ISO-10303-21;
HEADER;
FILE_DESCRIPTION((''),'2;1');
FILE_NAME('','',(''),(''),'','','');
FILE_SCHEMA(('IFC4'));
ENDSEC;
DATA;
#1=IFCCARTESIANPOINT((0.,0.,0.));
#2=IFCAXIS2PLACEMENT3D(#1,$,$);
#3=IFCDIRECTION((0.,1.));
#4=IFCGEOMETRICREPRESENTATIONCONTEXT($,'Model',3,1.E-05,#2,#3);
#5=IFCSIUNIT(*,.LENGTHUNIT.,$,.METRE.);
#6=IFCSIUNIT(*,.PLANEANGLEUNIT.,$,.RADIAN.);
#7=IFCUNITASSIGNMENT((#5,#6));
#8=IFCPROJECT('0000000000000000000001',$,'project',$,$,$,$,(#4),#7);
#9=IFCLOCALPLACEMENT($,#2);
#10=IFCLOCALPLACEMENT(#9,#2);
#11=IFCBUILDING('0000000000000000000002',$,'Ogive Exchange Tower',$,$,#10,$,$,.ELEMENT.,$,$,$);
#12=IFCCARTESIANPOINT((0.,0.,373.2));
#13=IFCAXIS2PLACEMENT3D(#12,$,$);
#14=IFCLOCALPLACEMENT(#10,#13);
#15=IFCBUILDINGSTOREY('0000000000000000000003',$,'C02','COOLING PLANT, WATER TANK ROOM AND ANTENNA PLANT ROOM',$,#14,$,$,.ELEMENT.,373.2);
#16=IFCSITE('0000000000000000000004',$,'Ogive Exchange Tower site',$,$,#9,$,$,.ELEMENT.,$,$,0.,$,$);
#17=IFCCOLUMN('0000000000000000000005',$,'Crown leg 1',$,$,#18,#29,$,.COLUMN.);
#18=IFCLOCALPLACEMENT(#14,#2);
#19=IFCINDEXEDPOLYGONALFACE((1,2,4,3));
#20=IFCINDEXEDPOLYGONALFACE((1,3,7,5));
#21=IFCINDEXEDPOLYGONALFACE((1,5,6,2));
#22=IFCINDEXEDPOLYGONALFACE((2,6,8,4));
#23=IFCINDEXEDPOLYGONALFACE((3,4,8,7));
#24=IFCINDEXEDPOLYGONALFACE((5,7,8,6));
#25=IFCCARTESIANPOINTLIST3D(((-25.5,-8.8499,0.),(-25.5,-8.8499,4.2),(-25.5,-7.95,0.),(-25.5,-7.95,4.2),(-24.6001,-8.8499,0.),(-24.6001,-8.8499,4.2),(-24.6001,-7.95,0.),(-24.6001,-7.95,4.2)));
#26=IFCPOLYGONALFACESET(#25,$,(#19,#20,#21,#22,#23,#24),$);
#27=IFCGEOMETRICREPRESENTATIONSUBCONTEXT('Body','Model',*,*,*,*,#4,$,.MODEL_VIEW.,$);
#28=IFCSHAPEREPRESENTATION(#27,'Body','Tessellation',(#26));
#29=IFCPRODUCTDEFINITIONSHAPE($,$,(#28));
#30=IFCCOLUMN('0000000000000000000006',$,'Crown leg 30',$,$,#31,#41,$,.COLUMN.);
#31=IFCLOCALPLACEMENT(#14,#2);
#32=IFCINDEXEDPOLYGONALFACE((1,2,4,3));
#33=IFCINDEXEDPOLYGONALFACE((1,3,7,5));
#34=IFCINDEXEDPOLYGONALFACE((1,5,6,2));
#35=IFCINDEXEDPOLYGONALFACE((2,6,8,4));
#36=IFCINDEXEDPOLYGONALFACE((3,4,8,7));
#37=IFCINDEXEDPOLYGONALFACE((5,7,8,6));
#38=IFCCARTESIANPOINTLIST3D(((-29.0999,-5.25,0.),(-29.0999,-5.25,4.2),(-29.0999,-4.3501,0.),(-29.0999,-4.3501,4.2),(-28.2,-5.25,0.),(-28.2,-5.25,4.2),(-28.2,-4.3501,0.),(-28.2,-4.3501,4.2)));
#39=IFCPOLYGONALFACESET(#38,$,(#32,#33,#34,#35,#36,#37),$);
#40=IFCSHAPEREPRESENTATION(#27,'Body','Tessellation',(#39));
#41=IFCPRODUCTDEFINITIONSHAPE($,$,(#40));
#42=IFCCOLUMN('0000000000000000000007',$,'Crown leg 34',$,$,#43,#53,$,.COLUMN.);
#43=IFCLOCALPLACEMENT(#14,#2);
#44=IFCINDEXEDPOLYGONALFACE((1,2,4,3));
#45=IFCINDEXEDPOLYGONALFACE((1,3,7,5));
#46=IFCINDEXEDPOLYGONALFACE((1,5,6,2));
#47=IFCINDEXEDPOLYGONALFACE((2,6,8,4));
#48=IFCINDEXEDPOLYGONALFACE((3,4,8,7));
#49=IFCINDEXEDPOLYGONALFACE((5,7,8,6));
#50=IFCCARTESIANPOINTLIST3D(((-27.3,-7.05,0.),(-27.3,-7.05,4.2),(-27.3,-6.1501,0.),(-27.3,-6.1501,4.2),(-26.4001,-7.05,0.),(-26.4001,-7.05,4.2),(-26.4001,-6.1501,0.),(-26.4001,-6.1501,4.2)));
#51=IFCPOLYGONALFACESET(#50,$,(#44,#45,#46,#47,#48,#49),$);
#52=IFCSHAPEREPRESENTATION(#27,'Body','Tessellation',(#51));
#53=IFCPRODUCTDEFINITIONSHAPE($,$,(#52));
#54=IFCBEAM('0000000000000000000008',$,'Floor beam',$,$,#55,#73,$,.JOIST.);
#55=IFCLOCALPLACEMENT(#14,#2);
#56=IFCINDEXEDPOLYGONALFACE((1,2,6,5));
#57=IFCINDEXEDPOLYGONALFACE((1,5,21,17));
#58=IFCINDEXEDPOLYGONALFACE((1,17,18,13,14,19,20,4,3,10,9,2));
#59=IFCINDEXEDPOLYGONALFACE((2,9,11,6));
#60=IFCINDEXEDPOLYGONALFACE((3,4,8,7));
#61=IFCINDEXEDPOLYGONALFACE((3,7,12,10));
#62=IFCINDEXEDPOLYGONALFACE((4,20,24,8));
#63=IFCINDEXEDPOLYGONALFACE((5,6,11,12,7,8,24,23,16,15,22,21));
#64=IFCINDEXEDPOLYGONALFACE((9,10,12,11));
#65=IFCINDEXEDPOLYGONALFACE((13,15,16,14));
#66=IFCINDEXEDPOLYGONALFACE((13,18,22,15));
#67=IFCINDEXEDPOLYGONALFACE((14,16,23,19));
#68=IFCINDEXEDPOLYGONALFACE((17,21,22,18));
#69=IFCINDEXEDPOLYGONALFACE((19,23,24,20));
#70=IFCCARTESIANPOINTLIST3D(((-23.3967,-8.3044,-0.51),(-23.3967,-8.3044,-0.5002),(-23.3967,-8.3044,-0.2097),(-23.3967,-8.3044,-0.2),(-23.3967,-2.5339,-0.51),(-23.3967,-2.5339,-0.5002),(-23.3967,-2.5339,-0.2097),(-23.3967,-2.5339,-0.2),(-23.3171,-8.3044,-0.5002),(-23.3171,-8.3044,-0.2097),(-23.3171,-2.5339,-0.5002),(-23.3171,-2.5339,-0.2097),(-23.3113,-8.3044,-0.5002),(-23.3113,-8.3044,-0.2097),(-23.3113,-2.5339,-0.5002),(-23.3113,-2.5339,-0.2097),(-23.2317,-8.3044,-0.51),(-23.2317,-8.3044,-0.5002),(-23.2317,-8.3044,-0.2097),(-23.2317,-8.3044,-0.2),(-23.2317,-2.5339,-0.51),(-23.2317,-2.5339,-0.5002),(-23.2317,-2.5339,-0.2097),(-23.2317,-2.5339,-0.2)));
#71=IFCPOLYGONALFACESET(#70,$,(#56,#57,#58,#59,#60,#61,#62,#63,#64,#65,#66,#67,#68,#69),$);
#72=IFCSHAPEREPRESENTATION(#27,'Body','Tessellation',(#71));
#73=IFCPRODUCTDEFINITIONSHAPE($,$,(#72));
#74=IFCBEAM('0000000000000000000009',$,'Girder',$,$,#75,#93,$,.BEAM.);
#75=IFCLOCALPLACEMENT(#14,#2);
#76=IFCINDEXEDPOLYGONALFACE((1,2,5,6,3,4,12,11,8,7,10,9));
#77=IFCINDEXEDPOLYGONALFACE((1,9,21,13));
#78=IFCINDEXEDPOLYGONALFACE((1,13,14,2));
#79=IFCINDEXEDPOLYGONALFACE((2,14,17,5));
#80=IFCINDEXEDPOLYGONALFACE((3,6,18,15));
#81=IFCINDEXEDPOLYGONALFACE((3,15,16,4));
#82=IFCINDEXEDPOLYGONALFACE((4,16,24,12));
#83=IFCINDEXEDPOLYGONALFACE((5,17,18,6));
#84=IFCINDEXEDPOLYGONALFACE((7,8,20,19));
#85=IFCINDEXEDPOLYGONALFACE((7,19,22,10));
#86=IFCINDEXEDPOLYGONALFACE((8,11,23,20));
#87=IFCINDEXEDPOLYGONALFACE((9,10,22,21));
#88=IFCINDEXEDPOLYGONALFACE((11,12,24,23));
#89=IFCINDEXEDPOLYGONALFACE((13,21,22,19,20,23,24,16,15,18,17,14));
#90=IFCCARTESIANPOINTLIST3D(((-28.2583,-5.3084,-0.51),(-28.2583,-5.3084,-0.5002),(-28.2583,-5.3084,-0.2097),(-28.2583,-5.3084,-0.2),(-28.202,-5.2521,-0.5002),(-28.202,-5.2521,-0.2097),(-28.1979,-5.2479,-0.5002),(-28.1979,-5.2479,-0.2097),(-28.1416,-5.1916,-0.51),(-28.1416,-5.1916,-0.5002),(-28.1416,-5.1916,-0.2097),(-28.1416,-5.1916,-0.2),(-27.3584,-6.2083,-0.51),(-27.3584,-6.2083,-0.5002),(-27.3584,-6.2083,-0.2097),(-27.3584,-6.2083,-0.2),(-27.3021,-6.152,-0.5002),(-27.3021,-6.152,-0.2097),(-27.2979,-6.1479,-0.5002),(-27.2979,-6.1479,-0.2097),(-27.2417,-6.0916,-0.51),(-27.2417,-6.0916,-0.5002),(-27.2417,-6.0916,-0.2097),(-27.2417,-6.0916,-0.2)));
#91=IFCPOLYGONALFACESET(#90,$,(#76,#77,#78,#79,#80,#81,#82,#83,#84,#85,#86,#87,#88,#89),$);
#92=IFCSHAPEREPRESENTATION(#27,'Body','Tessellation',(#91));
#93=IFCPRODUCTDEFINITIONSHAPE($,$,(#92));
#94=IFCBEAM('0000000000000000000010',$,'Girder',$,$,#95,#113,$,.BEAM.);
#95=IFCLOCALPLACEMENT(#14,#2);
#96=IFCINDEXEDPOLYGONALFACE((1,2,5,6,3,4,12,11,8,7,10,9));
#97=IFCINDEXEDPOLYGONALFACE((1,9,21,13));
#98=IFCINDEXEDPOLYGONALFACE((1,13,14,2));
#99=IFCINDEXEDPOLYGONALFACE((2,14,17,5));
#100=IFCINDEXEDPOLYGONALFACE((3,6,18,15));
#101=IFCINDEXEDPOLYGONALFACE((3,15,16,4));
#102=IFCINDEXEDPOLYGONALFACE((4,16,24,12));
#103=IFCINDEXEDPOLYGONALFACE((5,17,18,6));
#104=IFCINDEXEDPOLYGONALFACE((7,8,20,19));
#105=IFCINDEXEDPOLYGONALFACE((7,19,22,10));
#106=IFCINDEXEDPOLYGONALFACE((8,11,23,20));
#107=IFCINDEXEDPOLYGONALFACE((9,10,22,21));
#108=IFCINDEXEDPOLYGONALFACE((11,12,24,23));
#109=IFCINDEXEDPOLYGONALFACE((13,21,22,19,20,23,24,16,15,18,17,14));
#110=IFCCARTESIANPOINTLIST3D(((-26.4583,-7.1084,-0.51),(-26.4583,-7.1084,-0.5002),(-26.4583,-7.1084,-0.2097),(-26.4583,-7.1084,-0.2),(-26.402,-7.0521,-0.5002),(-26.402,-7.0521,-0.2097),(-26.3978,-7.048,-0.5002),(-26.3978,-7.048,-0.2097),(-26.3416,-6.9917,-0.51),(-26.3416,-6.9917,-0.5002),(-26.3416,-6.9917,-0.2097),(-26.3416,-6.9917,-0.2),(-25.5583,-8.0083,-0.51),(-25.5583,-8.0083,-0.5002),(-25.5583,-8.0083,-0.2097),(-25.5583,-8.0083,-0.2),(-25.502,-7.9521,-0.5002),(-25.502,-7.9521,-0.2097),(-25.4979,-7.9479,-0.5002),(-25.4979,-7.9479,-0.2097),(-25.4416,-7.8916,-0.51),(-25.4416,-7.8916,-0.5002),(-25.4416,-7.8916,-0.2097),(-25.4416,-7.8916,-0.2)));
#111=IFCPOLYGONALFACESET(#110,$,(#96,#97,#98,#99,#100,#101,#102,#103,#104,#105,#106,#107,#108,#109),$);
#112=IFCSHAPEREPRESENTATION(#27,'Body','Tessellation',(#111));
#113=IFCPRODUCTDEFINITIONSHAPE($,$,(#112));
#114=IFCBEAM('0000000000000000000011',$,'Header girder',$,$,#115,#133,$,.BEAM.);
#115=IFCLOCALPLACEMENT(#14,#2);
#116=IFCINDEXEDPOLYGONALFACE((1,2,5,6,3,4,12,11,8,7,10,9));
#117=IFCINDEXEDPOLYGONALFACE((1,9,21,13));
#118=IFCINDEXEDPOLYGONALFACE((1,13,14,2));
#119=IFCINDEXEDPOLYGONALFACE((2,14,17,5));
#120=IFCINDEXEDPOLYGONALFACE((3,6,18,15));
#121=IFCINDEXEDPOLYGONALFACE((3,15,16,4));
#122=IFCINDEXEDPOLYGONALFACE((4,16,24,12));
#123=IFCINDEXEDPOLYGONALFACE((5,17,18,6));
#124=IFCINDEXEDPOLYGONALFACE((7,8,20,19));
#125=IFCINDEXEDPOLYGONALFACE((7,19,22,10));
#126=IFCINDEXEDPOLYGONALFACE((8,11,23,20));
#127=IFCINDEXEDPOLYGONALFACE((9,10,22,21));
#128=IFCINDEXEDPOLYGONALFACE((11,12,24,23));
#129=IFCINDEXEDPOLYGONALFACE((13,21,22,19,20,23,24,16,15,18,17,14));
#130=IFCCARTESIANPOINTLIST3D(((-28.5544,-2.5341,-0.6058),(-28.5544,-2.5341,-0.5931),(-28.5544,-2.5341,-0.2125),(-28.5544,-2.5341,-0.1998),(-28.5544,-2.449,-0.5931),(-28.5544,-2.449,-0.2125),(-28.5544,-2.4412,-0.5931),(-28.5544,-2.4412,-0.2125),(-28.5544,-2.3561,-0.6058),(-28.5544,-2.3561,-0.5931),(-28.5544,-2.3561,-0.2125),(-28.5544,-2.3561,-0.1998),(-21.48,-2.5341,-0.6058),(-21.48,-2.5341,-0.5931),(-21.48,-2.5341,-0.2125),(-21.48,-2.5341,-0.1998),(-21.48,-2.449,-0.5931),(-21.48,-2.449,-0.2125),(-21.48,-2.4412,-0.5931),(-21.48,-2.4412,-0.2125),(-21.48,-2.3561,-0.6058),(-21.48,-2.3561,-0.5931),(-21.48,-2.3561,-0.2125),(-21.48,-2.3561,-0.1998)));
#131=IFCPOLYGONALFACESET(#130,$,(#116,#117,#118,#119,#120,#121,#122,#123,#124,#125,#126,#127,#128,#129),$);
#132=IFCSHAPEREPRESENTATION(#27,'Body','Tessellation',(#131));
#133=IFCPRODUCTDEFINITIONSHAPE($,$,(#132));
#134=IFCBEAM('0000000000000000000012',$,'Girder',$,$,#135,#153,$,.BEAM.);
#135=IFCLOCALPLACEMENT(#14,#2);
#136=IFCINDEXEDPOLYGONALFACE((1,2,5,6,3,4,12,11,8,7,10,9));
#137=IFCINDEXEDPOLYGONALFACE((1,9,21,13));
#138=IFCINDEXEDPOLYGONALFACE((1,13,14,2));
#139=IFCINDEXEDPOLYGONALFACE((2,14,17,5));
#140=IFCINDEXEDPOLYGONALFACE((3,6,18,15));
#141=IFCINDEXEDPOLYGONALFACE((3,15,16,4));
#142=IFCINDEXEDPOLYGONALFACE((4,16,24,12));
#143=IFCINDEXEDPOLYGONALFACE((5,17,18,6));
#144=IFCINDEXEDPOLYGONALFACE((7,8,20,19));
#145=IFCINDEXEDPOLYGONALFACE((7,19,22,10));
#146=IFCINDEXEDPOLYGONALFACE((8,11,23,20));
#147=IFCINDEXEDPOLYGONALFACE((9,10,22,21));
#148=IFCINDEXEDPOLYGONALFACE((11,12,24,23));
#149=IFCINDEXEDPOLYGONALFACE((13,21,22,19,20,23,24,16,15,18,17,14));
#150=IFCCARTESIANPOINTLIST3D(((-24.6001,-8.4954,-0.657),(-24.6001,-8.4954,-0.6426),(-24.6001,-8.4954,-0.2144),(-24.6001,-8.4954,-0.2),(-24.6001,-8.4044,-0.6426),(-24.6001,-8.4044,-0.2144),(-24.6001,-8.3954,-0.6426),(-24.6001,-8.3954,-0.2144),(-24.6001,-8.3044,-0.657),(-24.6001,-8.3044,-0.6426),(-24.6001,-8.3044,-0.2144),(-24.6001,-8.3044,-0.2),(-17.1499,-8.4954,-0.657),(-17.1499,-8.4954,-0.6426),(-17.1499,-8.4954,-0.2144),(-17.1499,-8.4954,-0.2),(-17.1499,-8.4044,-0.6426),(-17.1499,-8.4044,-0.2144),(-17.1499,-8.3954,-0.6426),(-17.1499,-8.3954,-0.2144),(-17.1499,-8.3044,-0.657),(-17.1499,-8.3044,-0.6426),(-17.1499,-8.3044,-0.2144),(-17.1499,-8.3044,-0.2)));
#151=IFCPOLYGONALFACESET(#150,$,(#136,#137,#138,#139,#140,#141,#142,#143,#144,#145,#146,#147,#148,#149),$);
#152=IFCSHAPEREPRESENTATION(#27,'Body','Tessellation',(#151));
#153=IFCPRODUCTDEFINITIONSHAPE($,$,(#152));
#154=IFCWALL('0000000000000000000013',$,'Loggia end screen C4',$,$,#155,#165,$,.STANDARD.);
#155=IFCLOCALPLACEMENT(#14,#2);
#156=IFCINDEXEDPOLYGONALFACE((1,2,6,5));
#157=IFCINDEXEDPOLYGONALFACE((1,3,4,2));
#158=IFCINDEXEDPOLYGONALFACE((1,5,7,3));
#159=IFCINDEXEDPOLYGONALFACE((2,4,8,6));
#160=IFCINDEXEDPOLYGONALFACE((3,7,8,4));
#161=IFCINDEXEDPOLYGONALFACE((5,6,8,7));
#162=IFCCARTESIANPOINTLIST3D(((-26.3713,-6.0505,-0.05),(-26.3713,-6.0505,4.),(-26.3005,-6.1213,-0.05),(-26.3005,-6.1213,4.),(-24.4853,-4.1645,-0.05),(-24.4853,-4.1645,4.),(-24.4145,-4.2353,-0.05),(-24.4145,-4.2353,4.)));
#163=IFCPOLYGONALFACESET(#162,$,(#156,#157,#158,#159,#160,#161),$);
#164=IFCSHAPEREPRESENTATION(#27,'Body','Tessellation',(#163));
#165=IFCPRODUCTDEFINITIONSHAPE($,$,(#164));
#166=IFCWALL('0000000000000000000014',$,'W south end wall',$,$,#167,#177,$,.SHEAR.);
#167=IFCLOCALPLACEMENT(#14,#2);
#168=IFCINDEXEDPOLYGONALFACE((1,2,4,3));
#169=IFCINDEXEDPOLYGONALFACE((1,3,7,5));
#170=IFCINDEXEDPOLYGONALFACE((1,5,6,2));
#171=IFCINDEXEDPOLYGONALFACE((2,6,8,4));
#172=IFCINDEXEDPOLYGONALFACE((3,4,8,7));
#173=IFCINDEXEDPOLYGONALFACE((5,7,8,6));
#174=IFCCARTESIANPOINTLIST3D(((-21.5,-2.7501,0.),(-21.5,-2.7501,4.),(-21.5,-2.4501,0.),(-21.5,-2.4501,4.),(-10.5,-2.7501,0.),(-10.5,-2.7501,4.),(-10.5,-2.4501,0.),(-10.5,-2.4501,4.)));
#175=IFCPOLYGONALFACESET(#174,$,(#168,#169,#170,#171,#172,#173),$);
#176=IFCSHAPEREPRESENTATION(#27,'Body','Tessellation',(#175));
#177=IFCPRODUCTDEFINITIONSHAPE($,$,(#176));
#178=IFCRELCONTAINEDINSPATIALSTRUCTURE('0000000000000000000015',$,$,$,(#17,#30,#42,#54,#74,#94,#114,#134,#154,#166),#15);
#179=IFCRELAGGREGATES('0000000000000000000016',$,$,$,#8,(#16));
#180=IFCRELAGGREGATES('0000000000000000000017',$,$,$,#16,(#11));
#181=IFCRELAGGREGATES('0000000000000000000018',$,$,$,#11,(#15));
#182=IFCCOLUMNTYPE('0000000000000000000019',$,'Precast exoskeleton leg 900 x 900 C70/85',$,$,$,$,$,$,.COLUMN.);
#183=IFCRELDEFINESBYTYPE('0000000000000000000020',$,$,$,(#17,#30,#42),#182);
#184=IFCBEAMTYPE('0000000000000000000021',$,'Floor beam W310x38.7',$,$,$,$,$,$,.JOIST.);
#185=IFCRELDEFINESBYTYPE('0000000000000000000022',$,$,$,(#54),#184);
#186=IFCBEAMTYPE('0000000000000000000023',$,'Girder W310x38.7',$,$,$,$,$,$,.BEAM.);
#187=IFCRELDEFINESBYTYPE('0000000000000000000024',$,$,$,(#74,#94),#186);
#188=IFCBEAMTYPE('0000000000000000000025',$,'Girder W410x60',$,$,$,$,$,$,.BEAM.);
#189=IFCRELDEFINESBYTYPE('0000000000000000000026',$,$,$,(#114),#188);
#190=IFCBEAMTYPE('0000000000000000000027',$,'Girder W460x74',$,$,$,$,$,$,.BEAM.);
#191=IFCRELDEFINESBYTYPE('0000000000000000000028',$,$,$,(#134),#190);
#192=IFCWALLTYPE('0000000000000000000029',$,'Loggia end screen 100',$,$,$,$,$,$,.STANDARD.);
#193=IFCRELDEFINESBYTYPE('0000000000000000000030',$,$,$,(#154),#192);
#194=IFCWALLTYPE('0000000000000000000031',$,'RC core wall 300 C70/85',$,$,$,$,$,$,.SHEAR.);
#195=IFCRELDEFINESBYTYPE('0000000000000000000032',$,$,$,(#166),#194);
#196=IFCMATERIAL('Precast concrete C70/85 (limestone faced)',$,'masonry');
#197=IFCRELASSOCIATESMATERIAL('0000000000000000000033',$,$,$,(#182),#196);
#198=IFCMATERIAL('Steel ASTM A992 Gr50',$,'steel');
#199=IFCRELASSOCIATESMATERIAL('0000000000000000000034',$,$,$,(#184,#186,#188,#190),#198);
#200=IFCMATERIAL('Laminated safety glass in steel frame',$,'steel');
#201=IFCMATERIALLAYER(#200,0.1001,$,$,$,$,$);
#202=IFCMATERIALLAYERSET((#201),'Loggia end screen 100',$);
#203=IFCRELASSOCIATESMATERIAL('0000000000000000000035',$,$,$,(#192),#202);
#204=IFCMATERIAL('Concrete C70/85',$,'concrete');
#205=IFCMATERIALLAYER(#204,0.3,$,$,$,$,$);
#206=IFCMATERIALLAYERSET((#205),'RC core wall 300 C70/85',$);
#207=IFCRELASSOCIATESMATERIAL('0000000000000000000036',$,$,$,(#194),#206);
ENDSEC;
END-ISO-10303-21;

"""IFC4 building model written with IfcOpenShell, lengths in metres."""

from ifc_helpers import new_model, si_unit, direction, frame, frame_2d, origin, origin_2d, place, context, subcontext, project, spatial, rectangle, i_section, extrude, material, layer, layer_set, material_profile, profile_set, type_object, element, save


model = new_model("IFC4")

# Units and contexts
model_context = context("Model", 3, precision=1e-05, world=origin(), true_north=direction((0.0, 1.0)))
body_context = subcontext(model_context, "Body", "Model", "MODEL_VIEW")
ifc_project = project(units=[si_unit("LENGTHUNIT", "METRE"), si_unit("PLANEANGLEUNIT", "RADIAN")], contexts=[model_context])

# Site, building, storey
site_placement = place(None, origin())
site = spatial("IfcSite", under=ifc_project, at=site_placement, Name="Ogive Exchange Tower site", CompositionType="ELEMENT", RefElevation=0.0)
building_placement = place(site_placement, origin())
building = spatial("IfcBuilding", under=site, at=building_placement, Name="Ogive Exchange Tower", CompositionType="ELEMENT")
storey_placement = place(building_placement, frame((0.0, 0.0, 373.2)))
storey = spatial("IfcBuildingStorey", under=building, at=storey_placement, Name="C02", Description="COOLING PLANT, WATER TANK ROOM AND ANTENNA PLANT ROOM", CompositionType="ELEMENT", Elevation=373.2)

# Columns
ifc_material_1 = material(Name="Precast concrete C70/85 (limestone faced)", Category="masonry")
ifc_material_profile_1 = material_profile(ifc_material_1, rectangle(XDim=0.8999, YDim=0.8999, at=origin_2d()), Name="900 x 900")
ifc_profile_set_1 = profile_set([ifc_material_profile_1], Name="Precast concrete C70/85 (limestone faced)")
column_type = type_object("IfcColumnType", Name="Precast exoskeleton leg 900 x 900 C70/85", PredefinedType="COLUMN", material=ifc_profile_set_1)
for number, where, z_axis, x_axis, name in (
    (1, (-25.05, -8.3999, 0.0), (0.0, 0.0, 1.0), (1.0, 0.0, 0.0), "Crown leg 1"),
    (2, (-28.6499, -4.8, 0.0), (0.0, 0.0, 1.0), (1.0, 0.0, 0.0), "Crown leg 30"),
    (3, (-26.8501, -6.6001, 0.0), (0.0, 0.0, 1.0), (1.0, 0.0, 0.0), "Crown leg 34"),
):
    element("IfcColumn", number, at=place(storey_placement, frame(where, z_axis=z_axis, x_axis=x_axis)), inside=storey, type_object=column_type, Name=name, PredefinedType="COLUMN", context=body_context, shape_type="SweptSolid", body=[
        extrude(rectangle(XDim=0.8999, YDim=0.8999, at=origin_2d()), origin(), (0.0, 0.0, 1.0), 4.2),
    ])

# Beams
ifc_material_2 = material(Name="Steel ASTM A992 Gr50", Category="steel")
ifc_material_profile_2 = material_profile(ifc_material_2, i_section(OverallWidth=0.165, OverallDepth=0.3101, WebThickness=0.0059, FlangeThickness=0.0098, at=origin_2d()), Name="W310x38.7")
ifc_profile_set_2 = profile_set([ifc_material_profile_2], Name="Steel ASTM A992 Gr50")
beam_type_1 = type_object("IfcBeamType", Name="Floor beam W310x38.7", PredefinedType="JOIST", material=ifc_profile_set_2)
beam_1_placement = place(storey_placement, frame((-23.3142, -8.3044, -0.355), z_axis=(0.0, 1.0, 0.0), x_axis=(-1.0, 0.0, 0.0)))
element("IfcBeam", 4, at=beam_1_placement, inside=storey, type_object=beam_type_1, Name="Floor beam", PredefinedType="JOIST", context=body_context, shape_type="SweptSolid", body=[
    extrude(i_section(OverallWidth=0.165, OverallDepth=0.3101, WebThickness=0.0059, FlangeThickness=0.0098, at=origin_2d()), origin(), (0.0, 0.0, 1.0), 5.7705),
])
ifc_material_profile_3 = material_profile(ifc_material_2, i_section(OverallWidth=0.165, OverallDepth=0.3101, WebThickness=0.0059, FlangeThickness=0.0098, at=origin_2d()), Name="W310x38.7")
ifc_profile_set_3 = profile_set([ifc_material_profile_3], Name="Steel ASTM A992 Gr50")
beam_type_2 = type_object("IfcBeamType", Name="Girder W310x38.7", PredefinedType="BEAM", material=ifc_profile_set_3)
for number, where, z_axis, x_axis, name in (
    (5, (-28.2, -5.25, -0.355), (0.707107, -0.707107, 0.0), (0.707107, 0.707107, 0.0), "Girder"),
    (6, (-26.3999, -7.05, -0.355), (0.707107, -0.707107, 0.0), (0.707107, 0.707107, 0.0), "Girder"),
):
    element("IfcBeam", number, at=place(storey_placement, frame(where, z_axis=z_axis, x_axis=x_axis)), inside=storey, type_object=beam_type_2, Name=name, PredefinedType="BEAM", context=body_context, shape_type="SweptSolid", body=[
        extrude(i_section(OverallWidth=0.165, OverallDepth=0.3101, WebThickness=0.0059, FlangeThickness=0.0098, at=origin_2d()), origin(), (0.0, 0.0, 1.0), 1.2727),
    ])
ifc_material_profile_4 = material_profile(ifc_material_2, i_section(OverallWidth=0.178, OverallDepth=0.406, WebThickness=0.0078, FlangeThickness=0.0127, at=origin_2d()), Name="W410x60")
ifc_profile_set_4 = profile_set([ifc_material_profile_4], Name="Steel ASTM A992 Gr50")
beam_type_3 = type_object("IfcBeamType", Name="Girder W410x60", PredefinedType="BEAM", material=ifc_profile_set_4)
beam_2_placement = place(storey_placement, frame((-28.5544, -2.4451, -0.4028), z_axis=(1.0, 0.0, 0.0), x_axis=(0.0, 1.0, 0.0)))
element("IfcBeam", 7, at=beam_2_placement, inside=storey, type_object=beam_type_3, Name="Header girder", PredefinedType="BEAM", context=body_context, shape_type="SweptSolid", body=[
    extrude(i_section(OverallWidth=0.178, OverallDepth=0.406, WebThickness=0.0078, FlangeThickness=0.0127, at=origin_2d()), origin(), (0.0, 0.0, 1.0), 7.0745),
])
ifc_material_profile_5 = material_profile(ifc_material_2, i_section(OverallWidth=0.1909, OverallDepth=0.457, WebThickness=0.009, FlangeThickness=0.0144, at=origin_2d()), Name="W460x74")
ifc_profile_set_5 = profile_set([ifc_material_profile_5], Name="Steel ASTM A992 Gr50")
beam_type_4 = type_object("IfcBeamType", Name="Girder W460x74", PredefinedType="BEAM", material=ifc_profile_set_5)
beam_3_placement = place(storey_placement, frame((-24.6001, -8.3999, -0.4285), z_axis=(1.0, 0.0, 0.0), x_axis=(0.0, 1.0, 0.0)))
element("IfcBeam", 8, at=beam_3_placement, inside=storey, type_object=beam_type_4, Name="Girder", PredefinedType="BEAM", context=body_context, shape_type="SweptSolid", body=[
    extrude(i_section(OverallWidth=0.1909, OverallDepth=0.457, WebThickness=0.009, FlangeThickness=0.0144, at=origin_2d()), origin(), (0.0, 0.0, 1.0), 7.4502),
])

# Walls
ifc_material_3 = material(Name="Laminated safety glass in steel frame", Category="steel")
ifc_layer_1 = layer(ifc_material_3, 0.1001)
ifc_layer_set_1 = layer_set([ifc_layer_1], Name="Loggia end screen 100")
wall_type_1 = type_object("IfcWallType", Name="Loggia end screen 100", PredefinedType="STANDARD", material=ifc_layer_set_1)
wall_1_placement = place(storey_placement, frame((-24.45, -4.2, -0.05), z_axis=(0.0, 0.0, 1.0), x_axis=(-0.707107, -0.707107, 0.0)))
element("IfcWall", 9, at=wall_1_placement, inside=storey, type_object=wall_type_1, Name="Loggia end screen C4", PredefinedType="STANDARD", context=body_context, shape_type="SweptSolid", body=[
    extrude(rectangle(XDim=2.6672, YDim=0.1001, at=frame_2d((1.3335, 0.0))), origin(), (0.0, 0.0, 1.0), 4.05),
])
ifc_material_4 = material(Name="Concrete C70/85", Category="concrete")
ifc_layer_2 = layer(ifc_material_4, 0.3)
ifc_layer_set_2 = layer_set([ifc_layer_2], Name="RC core wall 300 C70/85")
wall_type_2 = type_object("IfcWallType", Name="RC core wall 300 C70/85", PredefinedType="SHEAR", material=ifc_layer_set_2)
wall_2_placement = place(storey_placement, frame((-21.5, -2.6001, 0.0), z_axis=(0.0, 0.0, 1.0), x_axis=(1.0, 0.0, 0.0)))
element("IfcWall", 10, at=wall_2_placement, inside=storey, type_object=wall_type_2, Name="W south end wall", PredefinedType="SHEAR", context=body_context, shape_type="SweptSolid", body=[
    extrude(rectangle(XDim=11.0, YDim=0.3, at=frame_2d((5.5, 0.0))), origin(), (0.0, 0.0, 1.0), 4.0),
])

save(model, "model.ifc")
